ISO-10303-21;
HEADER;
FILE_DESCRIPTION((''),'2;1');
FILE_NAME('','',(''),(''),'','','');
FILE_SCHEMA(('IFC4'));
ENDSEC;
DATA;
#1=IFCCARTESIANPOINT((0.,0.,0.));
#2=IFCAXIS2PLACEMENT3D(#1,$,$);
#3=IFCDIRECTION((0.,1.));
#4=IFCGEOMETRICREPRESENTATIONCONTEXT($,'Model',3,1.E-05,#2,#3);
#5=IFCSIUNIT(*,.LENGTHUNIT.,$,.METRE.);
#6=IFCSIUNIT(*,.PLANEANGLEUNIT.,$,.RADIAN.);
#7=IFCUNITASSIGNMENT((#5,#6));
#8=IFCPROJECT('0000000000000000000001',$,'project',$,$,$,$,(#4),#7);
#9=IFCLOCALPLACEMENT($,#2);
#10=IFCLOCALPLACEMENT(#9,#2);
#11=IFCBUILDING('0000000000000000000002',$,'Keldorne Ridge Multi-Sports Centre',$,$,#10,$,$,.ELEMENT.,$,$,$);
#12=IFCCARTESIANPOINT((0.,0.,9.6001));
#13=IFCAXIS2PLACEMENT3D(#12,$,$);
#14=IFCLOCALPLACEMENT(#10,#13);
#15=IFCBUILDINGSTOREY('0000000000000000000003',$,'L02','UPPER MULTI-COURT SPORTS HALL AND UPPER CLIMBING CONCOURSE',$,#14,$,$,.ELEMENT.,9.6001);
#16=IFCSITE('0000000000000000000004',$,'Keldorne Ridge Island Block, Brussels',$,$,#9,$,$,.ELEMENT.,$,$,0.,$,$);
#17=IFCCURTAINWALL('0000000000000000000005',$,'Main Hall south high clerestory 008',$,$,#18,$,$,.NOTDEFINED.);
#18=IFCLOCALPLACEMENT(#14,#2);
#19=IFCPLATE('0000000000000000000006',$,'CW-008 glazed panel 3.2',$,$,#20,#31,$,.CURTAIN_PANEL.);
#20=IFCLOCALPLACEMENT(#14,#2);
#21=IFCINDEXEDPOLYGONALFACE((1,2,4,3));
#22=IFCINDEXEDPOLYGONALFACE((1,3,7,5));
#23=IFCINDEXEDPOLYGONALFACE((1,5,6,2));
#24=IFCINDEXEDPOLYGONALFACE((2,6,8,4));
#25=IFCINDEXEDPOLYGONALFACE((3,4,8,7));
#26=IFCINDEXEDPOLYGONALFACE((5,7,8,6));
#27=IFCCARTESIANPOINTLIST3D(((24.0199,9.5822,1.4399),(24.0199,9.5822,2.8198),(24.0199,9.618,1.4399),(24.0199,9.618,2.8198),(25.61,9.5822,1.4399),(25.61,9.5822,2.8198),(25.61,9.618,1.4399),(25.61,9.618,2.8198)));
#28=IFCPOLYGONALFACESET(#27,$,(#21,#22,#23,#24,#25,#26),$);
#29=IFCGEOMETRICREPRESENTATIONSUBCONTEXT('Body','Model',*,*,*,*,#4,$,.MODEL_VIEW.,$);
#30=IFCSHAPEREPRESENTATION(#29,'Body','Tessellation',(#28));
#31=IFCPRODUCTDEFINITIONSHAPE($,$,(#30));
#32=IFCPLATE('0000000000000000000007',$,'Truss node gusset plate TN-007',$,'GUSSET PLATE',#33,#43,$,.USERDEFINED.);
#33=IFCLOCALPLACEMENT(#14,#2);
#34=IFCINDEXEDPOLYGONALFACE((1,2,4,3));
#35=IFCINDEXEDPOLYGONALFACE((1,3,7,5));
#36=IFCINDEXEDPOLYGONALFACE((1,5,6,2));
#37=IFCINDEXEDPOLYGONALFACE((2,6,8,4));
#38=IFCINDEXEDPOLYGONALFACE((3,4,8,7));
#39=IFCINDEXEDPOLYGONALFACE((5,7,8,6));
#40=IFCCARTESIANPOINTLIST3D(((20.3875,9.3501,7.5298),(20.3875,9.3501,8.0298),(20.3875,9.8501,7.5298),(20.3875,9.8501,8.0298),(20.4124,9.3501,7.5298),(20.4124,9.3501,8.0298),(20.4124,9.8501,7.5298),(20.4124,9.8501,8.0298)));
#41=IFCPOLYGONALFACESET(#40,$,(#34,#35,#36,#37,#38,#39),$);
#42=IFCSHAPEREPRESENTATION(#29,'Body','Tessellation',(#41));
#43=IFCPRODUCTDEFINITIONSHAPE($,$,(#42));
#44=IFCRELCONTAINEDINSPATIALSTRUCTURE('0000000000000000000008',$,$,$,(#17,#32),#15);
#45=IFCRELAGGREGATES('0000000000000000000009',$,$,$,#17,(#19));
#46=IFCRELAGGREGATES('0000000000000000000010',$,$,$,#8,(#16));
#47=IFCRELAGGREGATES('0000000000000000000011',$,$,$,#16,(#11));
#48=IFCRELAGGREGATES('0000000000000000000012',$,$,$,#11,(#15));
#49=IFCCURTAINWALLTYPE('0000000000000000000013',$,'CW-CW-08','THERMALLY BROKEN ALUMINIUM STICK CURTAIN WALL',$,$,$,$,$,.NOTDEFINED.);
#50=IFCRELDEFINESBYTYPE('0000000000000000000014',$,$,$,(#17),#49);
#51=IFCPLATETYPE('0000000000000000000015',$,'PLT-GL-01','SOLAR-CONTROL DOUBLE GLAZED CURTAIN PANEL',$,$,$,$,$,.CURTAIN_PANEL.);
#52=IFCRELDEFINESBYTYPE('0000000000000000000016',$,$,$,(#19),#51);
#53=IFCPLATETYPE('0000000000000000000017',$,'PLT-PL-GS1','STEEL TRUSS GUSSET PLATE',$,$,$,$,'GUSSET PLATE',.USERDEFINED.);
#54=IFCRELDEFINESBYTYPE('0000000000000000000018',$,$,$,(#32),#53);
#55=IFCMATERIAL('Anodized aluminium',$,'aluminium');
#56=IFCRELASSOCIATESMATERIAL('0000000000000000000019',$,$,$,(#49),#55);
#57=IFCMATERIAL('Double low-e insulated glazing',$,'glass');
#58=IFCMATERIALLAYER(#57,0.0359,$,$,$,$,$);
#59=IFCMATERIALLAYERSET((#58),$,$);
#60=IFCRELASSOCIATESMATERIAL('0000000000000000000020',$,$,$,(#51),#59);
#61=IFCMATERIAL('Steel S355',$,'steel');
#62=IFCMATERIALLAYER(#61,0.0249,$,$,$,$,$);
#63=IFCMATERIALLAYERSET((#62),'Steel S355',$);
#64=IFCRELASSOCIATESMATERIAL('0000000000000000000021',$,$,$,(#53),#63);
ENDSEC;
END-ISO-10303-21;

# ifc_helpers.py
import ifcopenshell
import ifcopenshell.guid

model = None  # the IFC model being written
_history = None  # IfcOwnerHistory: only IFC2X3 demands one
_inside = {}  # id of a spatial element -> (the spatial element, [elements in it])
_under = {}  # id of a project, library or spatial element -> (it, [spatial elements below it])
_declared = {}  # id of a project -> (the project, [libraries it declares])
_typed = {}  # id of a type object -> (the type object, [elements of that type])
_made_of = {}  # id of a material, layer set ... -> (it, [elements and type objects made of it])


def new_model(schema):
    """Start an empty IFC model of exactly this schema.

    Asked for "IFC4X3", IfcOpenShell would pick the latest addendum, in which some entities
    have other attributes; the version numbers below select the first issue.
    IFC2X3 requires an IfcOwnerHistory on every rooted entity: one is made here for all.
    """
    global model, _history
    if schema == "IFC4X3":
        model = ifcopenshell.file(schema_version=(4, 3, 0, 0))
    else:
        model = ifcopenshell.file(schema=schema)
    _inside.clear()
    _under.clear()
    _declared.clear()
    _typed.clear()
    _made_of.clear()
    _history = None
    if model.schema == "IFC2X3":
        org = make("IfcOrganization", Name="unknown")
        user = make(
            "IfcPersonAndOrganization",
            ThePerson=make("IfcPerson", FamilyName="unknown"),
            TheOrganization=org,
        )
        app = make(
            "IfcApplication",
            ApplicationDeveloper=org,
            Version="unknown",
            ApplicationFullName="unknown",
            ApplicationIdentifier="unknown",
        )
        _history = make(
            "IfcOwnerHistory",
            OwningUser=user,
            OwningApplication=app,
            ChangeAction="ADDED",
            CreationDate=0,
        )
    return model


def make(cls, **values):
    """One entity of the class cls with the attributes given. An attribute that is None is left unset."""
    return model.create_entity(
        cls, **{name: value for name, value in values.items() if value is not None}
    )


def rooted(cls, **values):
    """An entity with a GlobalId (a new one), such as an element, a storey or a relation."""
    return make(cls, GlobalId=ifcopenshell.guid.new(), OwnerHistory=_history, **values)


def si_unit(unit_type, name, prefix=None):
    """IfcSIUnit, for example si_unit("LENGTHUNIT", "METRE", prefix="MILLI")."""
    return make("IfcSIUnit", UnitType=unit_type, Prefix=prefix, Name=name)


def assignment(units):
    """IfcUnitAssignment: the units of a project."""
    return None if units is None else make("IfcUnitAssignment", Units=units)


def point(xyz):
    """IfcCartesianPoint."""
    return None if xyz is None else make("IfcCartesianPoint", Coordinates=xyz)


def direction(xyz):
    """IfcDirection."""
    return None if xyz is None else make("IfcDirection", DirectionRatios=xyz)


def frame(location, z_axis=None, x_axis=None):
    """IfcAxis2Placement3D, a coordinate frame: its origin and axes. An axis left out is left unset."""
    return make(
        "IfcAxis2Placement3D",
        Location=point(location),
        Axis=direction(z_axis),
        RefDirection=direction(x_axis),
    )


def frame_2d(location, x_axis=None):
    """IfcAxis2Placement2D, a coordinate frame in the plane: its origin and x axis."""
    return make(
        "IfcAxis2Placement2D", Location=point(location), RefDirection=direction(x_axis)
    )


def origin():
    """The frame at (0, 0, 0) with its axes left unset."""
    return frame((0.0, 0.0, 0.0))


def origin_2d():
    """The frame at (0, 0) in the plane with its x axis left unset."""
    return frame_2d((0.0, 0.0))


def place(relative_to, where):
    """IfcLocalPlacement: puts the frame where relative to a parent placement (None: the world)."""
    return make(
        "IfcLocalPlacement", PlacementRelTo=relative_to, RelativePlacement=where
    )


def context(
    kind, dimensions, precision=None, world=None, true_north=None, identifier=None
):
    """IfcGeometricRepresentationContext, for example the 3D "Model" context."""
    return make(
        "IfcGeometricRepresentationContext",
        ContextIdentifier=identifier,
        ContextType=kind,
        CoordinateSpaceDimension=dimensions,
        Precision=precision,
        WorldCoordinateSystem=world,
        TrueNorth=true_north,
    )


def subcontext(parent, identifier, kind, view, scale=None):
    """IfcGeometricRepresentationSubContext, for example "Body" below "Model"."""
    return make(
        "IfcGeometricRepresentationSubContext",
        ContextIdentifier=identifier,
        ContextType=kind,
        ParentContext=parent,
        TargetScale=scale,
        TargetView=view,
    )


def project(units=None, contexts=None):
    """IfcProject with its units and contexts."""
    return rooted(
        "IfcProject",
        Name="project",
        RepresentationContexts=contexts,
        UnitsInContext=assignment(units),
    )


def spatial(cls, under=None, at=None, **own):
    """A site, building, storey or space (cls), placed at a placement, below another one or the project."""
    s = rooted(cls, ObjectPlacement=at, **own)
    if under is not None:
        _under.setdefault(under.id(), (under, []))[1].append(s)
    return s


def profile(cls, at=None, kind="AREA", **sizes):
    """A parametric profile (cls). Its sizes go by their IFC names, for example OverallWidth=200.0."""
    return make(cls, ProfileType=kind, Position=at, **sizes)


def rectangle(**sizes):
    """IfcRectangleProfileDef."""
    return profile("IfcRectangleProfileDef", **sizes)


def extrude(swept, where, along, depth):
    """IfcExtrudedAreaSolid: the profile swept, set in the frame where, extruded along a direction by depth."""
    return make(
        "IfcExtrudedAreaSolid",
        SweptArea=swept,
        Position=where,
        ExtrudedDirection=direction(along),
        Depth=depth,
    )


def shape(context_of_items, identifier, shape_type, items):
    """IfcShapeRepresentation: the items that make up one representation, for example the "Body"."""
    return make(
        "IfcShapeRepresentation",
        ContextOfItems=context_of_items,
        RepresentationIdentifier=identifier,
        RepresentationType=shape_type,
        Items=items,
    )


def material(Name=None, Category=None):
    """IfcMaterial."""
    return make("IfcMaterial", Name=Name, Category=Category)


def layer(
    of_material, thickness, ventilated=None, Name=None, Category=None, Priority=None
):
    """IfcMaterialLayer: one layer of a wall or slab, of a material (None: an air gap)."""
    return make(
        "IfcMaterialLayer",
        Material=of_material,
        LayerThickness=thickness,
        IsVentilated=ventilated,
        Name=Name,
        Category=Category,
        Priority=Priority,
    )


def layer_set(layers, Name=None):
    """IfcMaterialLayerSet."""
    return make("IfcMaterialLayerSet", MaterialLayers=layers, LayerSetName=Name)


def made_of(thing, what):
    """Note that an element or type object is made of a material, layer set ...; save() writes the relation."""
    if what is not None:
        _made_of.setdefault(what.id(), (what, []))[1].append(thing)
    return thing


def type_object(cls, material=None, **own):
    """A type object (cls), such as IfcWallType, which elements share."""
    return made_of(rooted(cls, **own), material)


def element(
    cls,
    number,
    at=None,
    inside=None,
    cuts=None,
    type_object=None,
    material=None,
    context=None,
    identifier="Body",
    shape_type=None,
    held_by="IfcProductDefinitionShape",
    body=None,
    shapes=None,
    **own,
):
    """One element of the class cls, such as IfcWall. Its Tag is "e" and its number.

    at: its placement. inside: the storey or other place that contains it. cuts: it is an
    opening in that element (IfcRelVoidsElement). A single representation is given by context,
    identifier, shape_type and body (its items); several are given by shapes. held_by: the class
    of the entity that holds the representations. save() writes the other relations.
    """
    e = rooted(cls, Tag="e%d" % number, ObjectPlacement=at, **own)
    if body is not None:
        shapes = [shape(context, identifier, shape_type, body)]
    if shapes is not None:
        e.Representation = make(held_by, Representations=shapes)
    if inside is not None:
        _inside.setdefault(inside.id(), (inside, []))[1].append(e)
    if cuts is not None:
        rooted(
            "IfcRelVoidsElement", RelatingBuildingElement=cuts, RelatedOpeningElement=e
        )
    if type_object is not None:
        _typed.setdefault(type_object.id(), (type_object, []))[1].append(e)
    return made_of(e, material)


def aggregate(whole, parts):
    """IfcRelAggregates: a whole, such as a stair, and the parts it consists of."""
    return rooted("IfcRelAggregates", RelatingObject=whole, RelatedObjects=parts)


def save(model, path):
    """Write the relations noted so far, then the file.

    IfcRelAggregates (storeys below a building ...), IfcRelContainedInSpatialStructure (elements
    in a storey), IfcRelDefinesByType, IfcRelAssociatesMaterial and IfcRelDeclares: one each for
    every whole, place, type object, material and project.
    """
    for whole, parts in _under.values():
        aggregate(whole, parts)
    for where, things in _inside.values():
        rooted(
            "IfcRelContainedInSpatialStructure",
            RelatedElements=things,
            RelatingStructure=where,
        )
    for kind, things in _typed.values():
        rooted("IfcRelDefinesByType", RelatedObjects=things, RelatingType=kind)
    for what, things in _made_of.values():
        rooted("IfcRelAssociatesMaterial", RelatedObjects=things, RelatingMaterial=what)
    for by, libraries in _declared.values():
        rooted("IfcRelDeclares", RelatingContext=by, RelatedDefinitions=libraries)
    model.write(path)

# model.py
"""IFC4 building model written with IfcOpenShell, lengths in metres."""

from ifc_helpers import new_model, si_unit, direction, frame, origin, origin_2d, place, context, subcontext, project, spatial, rectangle, extrude, material, layer, layer_set, type_object, element, aggregate, save


model = new_model("IFC4")

# Units and contexts
model_context = context("Model", 3, precision=1e-05, world=origin(), true_north=direction((0.0, 1.0)))
body_context = subcontext(model_context, "Body", "Model", "MODEL_VIEW")
ifc_project = project(units=[si_unit("LENGTHUNIT", "METRE"), si_unit("PLANEANGLEUNIT", "RADIAN")], contexts=[model_context])

# Site, building, storey
site_placement = place(None, origin())
site = spatial("IfcSite", under=ifc_project, at=site_placement, Name="Keldorne Ridge Island Block, Brussels", CompositionType="ELEMENT", RefElevation=0.0)
building_placement = place(site_placement, origin())
building = spatial("IfcBuilding", under=site, at=building_placement, Name="Keldorne Ridge Multi-Sports Centre", CompositionType="ELEMENT")
storey_placement = place(building_placement, frame((0.0, 0.0, 9.6001)))
storey = spatial("IfcBuildingStorey", under=building, at=storey_placement, Name="L02", Description="UPPER MULTI-COURT SPORTS HALL AND UPPER CLIMBING CONCOURSE", CompositionType="ELEMENT", Elevation=9.6001)

# Shared definitions
ifc_material_1 = material(Name="Steel S355", Category="steel")

# Curtain wall
ifc_material_2 = material(Name="Anodized aluminium", Category="aluminium")
curtain_wall_type = type_object("IfcCurtainWallType", Name="CW-CW-08", Description="THERMALLY BROKEN ALUMINIUM STICK CURTAIN WALL", PredefinedType="NOTDEFINED", material=ifc_material_2)
curtain_wall_placement = place(storey_placement, origin())
curtain_wall = element("IfcCurtainWall", 1, at=curtain_wall_placement, inside=storey, type_object=curtain_wall_type, Name="Main Hall south high clerestory 008", PredefinedType="NOTDEFINED")

# Plates
ifc_material_3 = material(Name="Double low-e insulated glazing", Category="glass")
ifc_layer_1 = layer(ifc_material_3, 0.0359)
ifc_layer_set_1 = layer_set([ifc_layer_1])
plate_type_1 = type_object("IfcPlateType", Name="PLT-GL-01", Description="SOLAR-CONTROL DOUBLE GLAZED CURTAIN PANEL", PredefinedType="CURTAIN_PANEL", material=ifc_layer_set_1)
plate_1_placement = place(storey_placement, frame((24.8149, 9.6001, 1.4399), z_axis=(0.0, 0.0, 1.0), x_axis=(1.0, 0.0, 0.0)))
plate_1 = element("IfcPlate", 2, at=plate_1_placement, type_object=plate_type_1, Name="CW-008 glazed panel 3.2", PredefinedType="CURTAIN_PANEL", context=body_context, shape_type="SweptSolid", body=[
    extrude(rectangle(XDim=1.5901, YDim=0.0359, at=origin_2d()), origin(), (0.0, 0.0, 1.0), 1.3799),
])
aggregate(curtain_wall, [plate_1])
ifc_layer_2 = layer(ifc_material_1, 0.0249)
ifc_layer_set_2 = layer_set([ifc_layer_2], Name="Steel S355")
plate_type_2 = type_object("IfcPlateType", Name="PLT-PL-GS1", Description="STEEL TRUSS GUSSET PLATE", ElementType="GUSSET PLATE", PredefinedType="USERDEFINED", material=ifc_layer_set_2)
plate_2_placement = place(storey_placement, frame((20.3999, 9.6001, 7.5298), z_axis=(0.0, 0.0, 1.0), x_axis=(1.0, 0.0, 0.0)))
element("IfcPlate", 3, at=plate_2_placement, inside=storey, type_object=plate_type_2, Name="Truss node gusset plate TN-007", ObjectType="GUSSET PLATE", PredefinedType="USERDEFINED", context=body_context, shape_type="SweptSolid", body=[
    extrude(rectangle(XDim=0.0249, YDim=0.5, at=origin_2d()), origin(), (0.0, 0.0, 1.0), 0.5),
])

save(model, "model.ifc")
